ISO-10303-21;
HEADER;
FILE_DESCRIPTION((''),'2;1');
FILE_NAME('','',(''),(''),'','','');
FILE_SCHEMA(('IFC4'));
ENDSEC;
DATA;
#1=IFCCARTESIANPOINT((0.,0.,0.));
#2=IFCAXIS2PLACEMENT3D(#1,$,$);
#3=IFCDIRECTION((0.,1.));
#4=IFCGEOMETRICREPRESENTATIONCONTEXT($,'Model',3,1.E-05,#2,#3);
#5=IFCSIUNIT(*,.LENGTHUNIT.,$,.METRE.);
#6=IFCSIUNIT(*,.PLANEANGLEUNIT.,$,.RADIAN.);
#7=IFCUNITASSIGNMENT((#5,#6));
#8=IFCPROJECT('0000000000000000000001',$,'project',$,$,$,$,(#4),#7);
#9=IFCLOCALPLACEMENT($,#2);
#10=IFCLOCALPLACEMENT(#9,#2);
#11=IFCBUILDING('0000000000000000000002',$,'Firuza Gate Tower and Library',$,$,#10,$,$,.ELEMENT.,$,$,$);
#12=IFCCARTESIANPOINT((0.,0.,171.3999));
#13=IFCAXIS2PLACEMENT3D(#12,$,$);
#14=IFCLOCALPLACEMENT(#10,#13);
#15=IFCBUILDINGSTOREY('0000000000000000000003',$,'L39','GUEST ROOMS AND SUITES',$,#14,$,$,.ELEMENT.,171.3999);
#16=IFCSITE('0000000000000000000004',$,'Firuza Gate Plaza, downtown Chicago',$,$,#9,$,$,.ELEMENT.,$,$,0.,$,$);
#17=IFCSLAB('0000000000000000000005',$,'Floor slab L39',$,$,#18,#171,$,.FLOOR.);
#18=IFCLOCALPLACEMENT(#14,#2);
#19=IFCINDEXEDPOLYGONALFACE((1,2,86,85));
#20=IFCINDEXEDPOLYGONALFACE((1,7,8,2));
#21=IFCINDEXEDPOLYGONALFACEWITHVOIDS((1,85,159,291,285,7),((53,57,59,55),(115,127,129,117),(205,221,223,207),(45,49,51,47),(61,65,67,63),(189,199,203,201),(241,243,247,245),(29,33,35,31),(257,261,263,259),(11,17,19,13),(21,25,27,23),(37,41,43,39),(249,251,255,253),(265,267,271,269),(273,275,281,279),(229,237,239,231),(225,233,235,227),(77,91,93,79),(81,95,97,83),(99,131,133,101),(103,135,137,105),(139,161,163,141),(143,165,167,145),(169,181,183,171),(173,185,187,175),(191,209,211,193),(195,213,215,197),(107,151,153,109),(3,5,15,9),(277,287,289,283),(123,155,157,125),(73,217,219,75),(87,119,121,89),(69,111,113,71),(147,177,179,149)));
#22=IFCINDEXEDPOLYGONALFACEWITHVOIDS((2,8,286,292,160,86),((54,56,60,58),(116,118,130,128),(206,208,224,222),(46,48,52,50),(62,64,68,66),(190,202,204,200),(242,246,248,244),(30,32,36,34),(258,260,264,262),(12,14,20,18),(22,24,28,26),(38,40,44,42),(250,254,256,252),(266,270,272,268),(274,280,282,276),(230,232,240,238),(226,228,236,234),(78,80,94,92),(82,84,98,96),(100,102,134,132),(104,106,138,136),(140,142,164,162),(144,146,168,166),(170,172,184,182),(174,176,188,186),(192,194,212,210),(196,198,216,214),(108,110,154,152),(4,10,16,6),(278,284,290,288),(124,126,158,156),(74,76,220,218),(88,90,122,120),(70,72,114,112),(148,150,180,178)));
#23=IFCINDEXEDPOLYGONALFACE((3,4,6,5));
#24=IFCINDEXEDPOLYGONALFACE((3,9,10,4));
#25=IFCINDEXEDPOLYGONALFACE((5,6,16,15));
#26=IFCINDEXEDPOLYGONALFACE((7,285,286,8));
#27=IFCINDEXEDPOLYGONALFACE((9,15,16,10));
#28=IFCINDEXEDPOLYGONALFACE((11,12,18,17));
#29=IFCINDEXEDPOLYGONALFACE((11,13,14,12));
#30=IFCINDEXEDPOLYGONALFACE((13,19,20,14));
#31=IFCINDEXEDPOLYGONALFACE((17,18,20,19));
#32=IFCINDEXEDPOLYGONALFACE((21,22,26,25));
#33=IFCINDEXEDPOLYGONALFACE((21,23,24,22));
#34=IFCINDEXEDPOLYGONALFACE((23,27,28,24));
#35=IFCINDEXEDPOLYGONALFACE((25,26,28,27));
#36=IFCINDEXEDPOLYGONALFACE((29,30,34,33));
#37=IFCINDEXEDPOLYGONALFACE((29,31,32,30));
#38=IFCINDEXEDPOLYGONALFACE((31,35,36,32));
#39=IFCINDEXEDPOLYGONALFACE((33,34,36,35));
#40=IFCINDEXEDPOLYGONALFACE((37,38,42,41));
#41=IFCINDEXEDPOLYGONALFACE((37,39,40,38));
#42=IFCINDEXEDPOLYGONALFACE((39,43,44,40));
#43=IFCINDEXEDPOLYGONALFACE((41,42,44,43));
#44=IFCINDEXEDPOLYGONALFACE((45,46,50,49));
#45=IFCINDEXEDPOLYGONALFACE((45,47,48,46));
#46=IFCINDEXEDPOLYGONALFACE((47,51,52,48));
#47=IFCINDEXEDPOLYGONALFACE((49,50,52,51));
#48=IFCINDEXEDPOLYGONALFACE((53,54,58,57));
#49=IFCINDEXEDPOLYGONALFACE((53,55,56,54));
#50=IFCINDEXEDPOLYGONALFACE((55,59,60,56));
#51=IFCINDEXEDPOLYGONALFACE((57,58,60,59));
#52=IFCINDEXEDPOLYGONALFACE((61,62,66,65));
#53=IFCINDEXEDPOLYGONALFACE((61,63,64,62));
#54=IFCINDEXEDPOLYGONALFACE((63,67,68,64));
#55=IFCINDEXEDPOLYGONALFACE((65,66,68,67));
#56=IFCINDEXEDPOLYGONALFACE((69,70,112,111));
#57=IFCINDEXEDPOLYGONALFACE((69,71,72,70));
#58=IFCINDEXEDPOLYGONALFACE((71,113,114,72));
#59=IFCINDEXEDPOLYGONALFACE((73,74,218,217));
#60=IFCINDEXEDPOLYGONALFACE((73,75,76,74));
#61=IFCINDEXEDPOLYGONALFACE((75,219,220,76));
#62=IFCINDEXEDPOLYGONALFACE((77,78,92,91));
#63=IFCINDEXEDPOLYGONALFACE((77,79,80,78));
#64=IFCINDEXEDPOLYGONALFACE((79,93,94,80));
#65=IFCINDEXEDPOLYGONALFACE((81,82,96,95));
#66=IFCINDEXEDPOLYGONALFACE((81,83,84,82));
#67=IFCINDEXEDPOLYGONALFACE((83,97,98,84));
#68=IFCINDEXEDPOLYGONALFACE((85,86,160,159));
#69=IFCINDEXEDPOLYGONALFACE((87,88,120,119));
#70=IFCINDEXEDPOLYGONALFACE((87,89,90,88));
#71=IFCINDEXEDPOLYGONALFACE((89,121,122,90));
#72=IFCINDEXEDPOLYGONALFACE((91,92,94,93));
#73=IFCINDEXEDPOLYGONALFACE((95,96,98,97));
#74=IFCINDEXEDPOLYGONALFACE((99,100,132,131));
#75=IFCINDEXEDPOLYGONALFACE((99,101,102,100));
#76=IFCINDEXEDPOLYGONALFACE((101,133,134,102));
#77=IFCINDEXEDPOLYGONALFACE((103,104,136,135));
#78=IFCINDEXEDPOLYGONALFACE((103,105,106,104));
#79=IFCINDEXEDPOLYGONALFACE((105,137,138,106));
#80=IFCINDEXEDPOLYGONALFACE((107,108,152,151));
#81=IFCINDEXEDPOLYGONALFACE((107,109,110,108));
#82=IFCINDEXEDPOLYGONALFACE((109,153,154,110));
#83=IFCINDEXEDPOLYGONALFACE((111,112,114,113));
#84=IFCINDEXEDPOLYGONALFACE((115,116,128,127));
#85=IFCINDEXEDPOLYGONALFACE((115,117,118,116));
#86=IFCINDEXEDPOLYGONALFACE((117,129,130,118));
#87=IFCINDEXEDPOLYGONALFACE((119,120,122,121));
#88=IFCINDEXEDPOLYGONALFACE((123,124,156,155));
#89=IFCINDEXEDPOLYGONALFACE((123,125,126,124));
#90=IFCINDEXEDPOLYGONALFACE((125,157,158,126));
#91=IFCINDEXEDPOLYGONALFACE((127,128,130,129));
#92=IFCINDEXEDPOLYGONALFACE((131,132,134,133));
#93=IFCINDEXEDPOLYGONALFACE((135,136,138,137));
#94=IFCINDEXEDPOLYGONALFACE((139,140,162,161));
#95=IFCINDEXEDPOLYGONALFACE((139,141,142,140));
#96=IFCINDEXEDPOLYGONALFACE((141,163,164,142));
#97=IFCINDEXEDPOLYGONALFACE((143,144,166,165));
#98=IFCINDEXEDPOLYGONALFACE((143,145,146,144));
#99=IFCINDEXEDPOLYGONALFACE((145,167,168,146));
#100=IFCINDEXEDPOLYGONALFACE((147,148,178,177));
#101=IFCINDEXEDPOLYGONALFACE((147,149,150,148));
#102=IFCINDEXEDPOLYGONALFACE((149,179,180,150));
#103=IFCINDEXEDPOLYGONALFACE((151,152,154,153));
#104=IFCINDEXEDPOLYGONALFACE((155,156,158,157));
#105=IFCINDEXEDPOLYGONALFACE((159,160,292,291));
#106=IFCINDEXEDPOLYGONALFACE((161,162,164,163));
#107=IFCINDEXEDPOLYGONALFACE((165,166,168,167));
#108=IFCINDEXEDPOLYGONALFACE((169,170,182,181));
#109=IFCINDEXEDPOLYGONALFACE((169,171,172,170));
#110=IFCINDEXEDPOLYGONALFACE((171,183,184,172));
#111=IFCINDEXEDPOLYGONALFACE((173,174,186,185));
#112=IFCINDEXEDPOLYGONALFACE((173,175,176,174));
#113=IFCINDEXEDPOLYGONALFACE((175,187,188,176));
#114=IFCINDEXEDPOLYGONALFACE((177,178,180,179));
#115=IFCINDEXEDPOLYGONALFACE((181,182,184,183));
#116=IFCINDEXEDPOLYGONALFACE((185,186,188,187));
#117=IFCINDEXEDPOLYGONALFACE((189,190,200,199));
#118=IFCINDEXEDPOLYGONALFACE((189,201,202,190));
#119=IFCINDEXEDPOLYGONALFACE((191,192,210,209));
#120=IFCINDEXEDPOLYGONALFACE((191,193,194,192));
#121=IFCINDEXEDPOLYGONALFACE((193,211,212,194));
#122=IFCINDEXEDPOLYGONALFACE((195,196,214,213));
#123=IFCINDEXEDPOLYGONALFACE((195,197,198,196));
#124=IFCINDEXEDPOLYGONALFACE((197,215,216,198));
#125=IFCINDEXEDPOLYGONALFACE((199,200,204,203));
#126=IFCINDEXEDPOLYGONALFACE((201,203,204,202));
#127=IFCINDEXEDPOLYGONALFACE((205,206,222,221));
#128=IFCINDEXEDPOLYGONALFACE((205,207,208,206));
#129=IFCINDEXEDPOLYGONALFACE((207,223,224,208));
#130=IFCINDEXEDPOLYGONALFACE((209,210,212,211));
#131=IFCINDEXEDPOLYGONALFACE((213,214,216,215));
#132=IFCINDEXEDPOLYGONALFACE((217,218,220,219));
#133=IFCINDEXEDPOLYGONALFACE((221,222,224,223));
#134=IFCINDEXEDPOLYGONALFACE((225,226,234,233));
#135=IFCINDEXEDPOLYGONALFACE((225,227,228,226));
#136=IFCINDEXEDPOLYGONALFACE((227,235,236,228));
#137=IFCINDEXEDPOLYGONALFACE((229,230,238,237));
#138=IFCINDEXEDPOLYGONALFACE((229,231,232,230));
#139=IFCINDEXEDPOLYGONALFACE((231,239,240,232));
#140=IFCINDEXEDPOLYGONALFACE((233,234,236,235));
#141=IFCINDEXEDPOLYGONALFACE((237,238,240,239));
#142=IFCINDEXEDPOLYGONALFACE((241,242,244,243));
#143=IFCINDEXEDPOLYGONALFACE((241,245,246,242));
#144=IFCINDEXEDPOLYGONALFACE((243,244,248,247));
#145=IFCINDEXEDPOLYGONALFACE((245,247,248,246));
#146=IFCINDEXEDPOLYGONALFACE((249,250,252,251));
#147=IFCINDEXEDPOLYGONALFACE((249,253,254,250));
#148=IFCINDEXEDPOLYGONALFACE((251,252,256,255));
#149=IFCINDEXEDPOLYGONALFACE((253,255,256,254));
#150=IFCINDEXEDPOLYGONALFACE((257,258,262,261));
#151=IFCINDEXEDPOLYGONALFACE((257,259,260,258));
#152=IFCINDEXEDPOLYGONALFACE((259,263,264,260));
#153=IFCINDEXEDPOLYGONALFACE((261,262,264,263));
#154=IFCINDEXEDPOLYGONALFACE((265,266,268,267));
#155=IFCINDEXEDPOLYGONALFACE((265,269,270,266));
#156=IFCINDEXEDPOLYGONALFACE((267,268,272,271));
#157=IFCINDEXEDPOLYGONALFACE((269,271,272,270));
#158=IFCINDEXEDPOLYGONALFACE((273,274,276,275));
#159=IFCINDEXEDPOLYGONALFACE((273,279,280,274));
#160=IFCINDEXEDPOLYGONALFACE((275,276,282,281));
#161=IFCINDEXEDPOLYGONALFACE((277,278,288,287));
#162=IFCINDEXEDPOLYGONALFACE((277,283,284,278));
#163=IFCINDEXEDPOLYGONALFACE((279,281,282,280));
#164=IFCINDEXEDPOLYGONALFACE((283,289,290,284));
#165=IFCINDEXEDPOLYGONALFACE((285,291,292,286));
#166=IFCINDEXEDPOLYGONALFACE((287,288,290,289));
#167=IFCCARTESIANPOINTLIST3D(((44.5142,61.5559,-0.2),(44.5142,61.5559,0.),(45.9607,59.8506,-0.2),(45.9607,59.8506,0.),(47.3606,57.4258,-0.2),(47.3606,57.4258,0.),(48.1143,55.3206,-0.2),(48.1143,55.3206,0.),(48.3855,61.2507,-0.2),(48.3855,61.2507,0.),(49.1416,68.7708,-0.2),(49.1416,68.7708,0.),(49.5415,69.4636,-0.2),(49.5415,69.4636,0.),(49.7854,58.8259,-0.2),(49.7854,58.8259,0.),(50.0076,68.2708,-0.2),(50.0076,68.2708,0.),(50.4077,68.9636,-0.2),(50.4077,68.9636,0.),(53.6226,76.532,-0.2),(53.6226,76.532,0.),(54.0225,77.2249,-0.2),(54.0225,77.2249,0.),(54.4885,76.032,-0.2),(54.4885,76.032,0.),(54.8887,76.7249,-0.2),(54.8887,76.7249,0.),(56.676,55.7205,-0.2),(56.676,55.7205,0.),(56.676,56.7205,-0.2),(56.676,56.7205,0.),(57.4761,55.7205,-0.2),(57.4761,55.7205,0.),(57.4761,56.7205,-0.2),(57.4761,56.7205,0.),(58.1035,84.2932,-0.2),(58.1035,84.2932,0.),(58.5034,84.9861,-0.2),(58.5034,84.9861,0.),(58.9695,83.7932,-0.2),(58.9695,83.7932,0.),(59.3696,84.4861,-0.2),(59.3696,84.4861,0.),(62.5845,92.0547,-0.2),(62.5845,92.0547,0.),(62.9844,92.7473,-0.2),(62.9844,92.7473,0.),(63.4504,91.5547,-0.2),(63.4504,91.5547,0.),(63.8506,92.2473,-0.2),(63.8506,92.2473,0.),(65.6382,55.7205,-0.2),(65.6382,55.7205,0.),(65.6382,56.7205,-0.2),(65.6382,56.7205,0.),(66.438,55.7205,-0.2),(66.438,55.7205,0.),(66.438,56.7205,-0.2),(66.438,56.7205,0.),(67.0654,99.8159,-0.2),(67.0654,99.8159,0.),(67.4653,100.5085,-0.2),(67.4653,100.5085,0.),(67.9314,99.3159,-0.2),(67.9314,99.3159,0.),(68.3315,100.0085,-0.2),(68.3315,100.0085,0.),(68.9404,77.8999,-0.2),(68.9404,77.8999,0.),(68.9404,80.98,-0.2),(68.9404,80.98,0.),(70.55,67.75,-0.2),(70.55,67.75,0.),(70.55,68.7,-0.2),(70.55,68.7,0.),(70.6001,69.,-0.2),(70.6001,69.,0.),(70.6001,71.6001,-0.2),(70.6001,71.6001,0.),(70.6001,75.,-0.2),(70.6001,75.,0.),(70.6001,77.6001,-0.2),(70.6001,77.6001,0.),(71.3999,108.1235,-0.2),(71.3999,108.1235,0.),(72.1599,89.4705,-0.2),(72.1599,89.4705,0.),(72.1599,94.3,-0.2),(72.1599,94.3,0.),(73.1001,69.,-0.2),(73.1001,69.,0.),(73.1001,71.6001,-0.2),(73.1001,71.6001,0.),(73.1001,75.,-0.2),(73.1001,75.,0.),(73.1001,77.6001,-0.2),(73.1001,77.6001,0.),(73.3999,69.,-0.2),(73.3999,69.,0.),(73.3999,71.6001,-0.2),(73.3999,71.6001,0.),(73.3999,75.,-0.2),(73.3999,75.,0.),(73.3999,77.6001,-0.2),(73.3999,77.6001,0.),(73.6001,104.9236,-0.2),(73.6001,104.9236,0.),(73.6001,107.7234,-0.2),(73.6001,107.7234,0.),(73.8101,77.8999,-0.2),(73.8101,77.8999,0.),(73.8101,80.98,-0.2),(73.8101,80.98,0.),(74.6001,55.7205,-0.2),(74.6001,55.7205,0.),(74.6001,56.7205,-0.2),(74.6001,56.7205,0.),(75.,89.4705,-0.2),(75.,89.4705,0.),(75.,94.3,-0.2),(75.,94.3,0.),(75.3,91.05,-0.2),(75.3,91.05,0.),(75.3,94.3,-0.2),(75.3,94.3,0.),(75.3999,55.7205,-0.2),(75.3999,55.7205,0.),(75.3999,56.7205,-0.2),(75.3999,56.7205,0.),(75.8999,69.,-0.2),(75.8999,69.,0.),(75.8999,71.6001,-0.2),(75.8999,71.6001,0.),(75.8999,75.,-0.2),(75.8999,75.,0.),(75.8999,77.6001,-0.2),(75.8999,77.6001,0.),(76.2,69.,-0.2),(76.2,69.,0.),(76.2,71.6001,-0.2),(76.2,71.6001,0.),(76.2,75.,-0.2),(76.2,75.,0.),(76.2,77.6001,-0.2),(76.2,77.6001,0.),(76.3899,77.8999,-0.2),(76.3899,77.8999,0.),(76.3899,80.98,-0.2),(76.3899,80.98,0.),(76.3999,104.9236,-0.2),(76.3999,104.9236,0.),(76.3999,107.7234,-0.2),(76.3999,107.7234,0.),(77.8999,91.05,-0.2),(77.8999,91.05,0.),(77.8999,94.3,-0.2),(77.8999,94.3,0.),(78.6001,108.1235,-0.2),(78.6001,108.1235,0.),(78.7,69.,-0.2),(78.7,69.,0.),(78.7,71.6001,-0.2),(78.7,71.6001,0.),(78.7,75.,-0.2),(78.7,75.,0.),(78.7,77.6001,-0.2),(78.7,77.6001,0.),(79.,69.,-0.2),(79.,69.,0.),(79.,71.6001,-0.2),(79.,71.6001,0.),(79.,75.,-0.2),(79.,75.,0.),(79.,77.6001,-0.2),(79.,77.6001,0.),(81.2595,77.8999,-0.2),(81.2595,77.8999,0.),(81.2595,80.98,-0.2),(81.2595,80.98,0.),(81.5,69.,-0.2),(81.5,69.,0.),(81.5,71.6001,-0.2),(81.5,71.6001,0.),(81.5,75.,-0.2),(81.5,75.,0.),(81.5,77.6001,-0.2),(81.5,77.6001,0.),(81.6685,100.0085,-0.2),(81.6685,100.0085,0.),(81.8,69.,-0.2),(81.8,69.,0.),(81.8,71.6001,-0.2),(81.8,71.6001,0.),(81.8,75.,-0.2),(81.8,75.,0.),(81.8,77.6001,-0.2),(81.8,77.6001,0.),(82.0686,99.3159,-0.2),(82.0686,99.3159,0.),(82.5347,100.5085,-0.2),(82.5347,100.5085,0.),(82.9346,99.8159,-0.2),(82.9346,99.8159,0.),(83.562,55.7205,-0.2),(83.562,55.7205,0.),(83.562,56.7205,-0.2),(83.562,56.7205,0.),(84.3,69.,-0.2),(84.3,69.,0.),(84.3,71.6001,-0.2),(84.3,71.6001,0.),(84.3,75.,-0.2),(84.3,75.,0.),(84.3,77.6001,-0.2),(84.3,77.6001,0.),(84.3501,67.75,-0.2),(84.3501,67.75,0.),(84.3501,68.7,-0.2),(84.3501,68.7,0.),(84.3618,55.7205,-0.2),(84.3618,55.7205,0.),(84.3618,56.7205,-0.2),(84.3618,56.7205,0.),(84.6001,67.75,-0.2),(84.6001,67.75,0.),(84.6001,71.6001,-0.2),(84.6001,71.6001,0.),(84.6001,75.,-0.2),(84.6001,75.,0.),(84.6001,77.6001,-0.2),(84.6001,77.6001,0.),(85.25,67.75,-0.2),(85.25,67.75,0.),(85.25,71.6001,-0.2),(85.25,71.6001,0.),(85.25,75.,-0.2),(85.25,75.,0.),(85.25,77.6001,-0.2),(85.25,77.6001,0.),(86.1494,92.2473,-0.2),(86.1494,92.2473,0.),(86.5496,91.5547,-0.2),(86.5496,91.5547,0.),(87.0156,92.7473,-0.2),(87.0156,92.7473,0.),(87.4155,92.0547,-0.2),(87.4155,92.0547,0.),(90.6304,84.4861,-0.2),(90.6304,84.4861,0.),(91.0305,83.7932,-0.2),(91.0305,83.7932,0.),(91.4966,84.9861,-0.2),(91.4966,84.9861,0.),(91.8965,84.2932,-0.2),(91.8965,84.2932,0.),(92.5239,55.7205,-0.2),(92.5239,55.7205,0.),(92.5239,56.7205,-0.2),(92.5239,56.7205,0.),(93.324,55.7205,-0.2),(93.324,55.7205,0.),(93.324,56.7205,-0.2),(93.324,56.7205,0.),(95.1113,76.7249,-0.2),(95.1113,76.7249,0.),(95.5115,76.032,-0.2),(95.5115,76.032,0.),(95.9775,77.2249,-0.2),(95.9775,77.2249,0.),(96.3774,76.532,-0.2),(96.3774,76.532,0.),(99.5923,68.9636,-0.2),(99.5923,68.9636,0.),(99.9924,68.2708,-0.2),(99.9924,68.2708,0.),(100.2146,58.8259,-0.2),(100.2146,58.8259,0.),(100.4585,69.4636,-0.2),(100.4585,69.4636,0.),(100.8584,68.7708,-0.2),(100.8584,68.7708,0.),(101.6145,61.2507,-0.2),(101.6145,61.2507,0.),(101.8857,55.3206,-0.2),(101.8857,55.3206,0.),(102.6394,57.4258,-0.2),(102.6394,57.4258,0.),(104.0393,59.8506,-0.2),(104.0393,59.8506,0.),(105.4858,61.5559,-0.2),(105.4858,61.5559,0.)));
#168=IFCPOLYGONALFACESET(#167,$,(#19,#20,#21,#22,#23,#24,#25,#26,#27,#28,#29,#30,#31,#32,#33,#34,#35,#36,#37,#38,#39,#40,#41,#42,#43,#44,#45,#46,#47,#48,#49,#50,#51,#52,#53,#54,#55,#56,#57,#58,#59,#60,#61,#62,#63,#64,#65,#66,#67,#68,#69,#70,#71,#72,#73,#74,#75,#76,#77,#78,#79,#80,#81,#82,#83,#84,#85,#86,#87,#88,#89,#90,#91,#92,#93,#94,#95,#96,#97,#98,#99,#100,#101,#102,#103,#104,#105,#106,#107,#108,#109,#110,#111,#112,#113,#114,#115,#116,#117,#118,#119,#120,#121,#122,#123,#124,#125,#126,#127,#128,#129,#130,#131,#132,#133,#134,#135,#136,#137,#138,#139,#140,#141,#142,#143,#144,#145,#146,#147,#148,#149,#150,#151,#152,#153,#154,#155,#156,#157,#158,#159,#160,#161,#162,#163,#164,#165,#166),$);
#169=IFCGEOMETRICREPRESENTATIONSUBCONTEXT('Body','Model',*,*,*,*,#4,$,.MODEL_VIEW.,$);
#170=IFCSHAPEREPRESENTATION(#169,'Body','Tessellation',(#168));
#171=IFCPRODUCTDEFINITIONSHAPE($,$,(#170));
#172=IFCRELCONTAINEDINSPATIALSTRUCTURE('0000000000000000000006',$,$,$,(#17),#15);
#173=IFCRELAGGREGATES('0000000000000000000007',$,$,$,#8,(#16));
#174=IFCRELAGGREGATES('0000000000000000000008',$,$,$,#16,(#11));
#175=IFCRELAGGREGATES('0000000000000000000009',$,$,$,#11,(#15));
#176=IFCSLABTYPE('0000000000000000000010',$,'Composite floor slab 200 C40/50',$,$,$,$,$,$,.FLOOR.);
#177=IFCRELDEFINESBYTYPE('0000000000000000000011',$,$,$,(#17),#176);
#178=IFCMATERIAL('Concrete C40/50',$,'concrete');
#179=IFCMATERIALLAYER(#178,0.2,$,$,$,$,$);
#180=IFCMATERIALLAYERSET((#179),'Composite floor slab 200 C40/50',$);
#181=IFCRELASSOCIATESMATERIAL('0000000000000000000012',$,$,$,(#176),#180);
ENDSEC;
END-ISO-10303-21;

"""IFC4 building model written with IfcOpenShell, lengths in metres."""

from ifc_helpers import new_model, si_unit, direction, frame, origin, place, context, subcontext, project, spatial, polyline, outline, extrude, material, layer, layer_set, type_object, element, save


model = new_model("IFC4")

# Units and contexts
model_context = context("Model", 3, precision=1e-05, world=origin(), true_north=direction((0.0, 1.0)))
body_context = subcontext(model_context, "Body", "Model", "MODEL_VIEW")
ifc_project = project(units=[si_unit("LENGTHUNIT", "METRE"), si_unit("PLANEANGLEUNIT", "RADIAN")], contexts=[model_context])

# Site, building, storey
site_placement = place(None, origin())
site = spatial("IfcSite", under=ifc_project, at=site_placement, Name="Firuza Gate Plaza, downtown Chicago", CompositionType="ELEMENT", RefElevation=0.0)
building_placement = place(site_placement, origin())
building = spatial("IfcBuilding", under=site, at=building_placement, Name="Firuza Gate Tower and Library", CompositionType="ELEMENT")
storey_placement = place(building_placement, frame((0.0, 0.0, 171.3999)))
storey = spatial("IfcBuildingStorey", under=building, at=storey_placement, Name="L39", Description="GUEST ROOMS AND SUITES", CompositionType="ELEMENT", Elevation=171.3999)

# Slab
ifc_material_1 = material(Name="Concrete C40/50", Category="concrete")
ifc_layer_1 = layer(ifc_material_1, 0.2)
ifc_layer_set_1 = layer_set([ifc_layer_1], Name="Composite floor slab 200 C40/50")
slab_type_1 = type_object("IfcSlabType", Name="Composite floor slab 200 C40/50", PredefinedType="FLOOR", material=ifc_layer_set_1)
slab_1_placement = place(storey_placement, frame((0.0, 0.0, -0.2)))
element("IfcSlab", 1, at=slab_1_placement, inside=storey, type_object=slab_type_1, Name="Floor slab L39", PredefinedType="FLOOR", context=body_context, shape_type="SweptSolid", body=[
    extrude(outline(polyline([(44.5142, 61.5559), (48.1143, 55.3206), (101.8857, 55.3206), (105.4858, 61.5559), (78.6001, 108.1235), (71.3999, 108.1235), (44.5142, 61.5559)]), holes=[polyline([(56.676, 55.7205), (56.676, 56.7205), (57.4761, 56.7205), (57.4761, 55.7205), (56.676, 55.7205)]), polyline([(74.6001, 55.7205), (74.6001, 56.7205), (75.3999, 56.7205), (75.3999, 55.7205), (74.6001, 55.7205)]), polyline([(65.6382, 55.7205), (65.6382, 56.7205), (66.438, 56.7205), (66.438, 55.7205), (65.6382, 55.7205)]), polyline([(45.9607, 59.8506), (48.3855, 61.2507), (49.7854, 58.8259), (47.3606, 57.4258), (45.9607, 59.8506)]), polyline([(84.3501, 67.75), (70.55, 67.75), (70.55, 68.7), (84.3501, 68.7), (84.3501, 67.75)]), polyline([(49.5415, 69.4636), (50.4077, 68.9636), (50.0076, 68.2708), (49.1416, 68.7708), (49.5415, 69.4636)]), polyline([(73.1001, 69.0), (70.6001, 69.0), (70.6001, 71.6001), (73.1001, 71.6001), (73.1001, 69.0)]), polyline([(75.8999, 69.0), (73.3999, 69.0), (73.3999, 71.6001), (75.8999, 71.6001), (75.8999, 69.0)]), polyline([(73.1001, 75.0), (70.6001, 75.0), (70.6001, 77.6001), (73.1001, 77.6001), (73.1001, 75.0)]), polyline([(75.8999, 75.0), (73.3999, 75.0), (73.3999, 77.6001), (75.8999, 77.6001), (75.8999, 75.0)]), polyline([(54.0225, 77.2249), (54.8887, 76.7249), (54.4885, 76.032), (53.6226, 76.532), (54.0225, 77.2249)]), polyline([(73.8101, 77.8999), (68.9404, 77.8999), (68.9404, 80.98), (73.8101, 80.98), (73.8101, 77.8999)]), polyline([(58.5034, 84.9861), (59.3696, 84.4861), (58.9695, 83.7932), (58.1035, 84.2932), (58.5034, 84.9861)]), polyline([(72.1599, 89.4705), (72.1599, 94.3), (75.0, 94.3), (75.0, 89.4705), (72.1599, 89.4705)]), polyline([(62.9844, 92.7473), (63.8506, 92.2473), (63.4504, 91.5547), (62.5845, 92.0547), (62.9844, 92.7473)]), polyline([(75.3, 91.05), (75.3, 94.3), (77.8999, 94.3), (77.8999, 91.05), (75.3, 91.05)]), polyline([(68.3315, 100.0085), (67.9314, 99.3159), (67.0654, 99.8159), (67.4653, 100.5085), (68.3315, 100.0085)]), polyline([(76.3999, 107.7234), (76.3999, 104.9236), (73.6001, 104.9236), (73.6001, 107.7234), (76.3999, 107.7234)]), polyline([(92.5239, 55.7205), (92.5239, 56.7205), (93.324, 56.7205), (93.324, 55.7205), (92.5239, 55.7205)]), polyline([(83.562, 55.7205), (83.562, 56.7205), (84.3618, 56.7205), (84.3618, 55.7205), (83.562, 55.7205)]), polyline([(102.6394, 57.4258), (100.2146, 58.8259), (101.6145, 61.2507), (104.0393, 59.8506), (102.6394, 57.4258)]), polyline([(100.8584, 68.7708), (99.9924, 68.2708), (99.5923, 68.9636), (100.4585, 69.4636), (100.8584, 68.7708)]), polyline([(85.25, 67.75), (84.6001, 67.75), (84.6001, 71.6001), (85.25, 71.6001), (85.25, 67.75)]), polyline([(81.5, 69.0), (79.0, 69.0), (79.0, 71.6001), (81.5, 71.6001), (81.5, 69.0)]), polyline([(81.8, 69.0), (81.8, 71.6001), (84.3, 71.6001), (84.3, 69.0), (81.8, 69.0)]), polyline([(76.2, 69.0), (76.2, 71.6001), (78.7, 71.6001), (78.7, 69.0), (76.2, 69.0)]), polyline([(81.5, 75.0), (79.0, 75.0), (79.0, 77.6001), (81.5, 77.6001), (81.5, 75.0)]), polyline([(84.3, 75.0), (81.8, 75.0), (81.8, 77.6001), (84.3, 77.6001), (84.3, 75.0)]), polyline([(85.25, 75.0), (84.6001, 75.0), (84.6001, 77.6001), (85.25, 77.6001), (85.25, 75.0)]), polyline([(78.7, 75.0), (76.2, 75.0), (76.2, 77.6001), (78.7, 77.6001), (78.7, 75.0)]), polyline([(96.3774, 76.532), (95.5115, 76.032), (95.1113, 76.7249), (95.9775, 77.2249), (96.3774, 76.532)]), polyline([(81.2595, 77.8999), (76.3899, 77.8999), (76.3899, 80.98), (81.2595, 80.98), (81.2595, 77.8999)]), polyline([(91.8965, 84.2932), (91.0305, 83.7932), (90.6304, 84.4861), (91.4966, 84.9861), (91.8965, 84.2932)]), polyline([(86.5496, 91.5547), (86.1494, 92.2473), (87.0156, 92.7473), (87.4155, 92.0547), (86.5496, 91.5547)]), polyline([(82.0686, 99.3159), (81.6685, 100.0085), (82.5347, 100.5085), (82.9346, 99.8159), (82.0686, 99.3159)])]), origin(), (0.0, 0.0, 1.0), 0.2),
])

save(model, "model.ifc")
